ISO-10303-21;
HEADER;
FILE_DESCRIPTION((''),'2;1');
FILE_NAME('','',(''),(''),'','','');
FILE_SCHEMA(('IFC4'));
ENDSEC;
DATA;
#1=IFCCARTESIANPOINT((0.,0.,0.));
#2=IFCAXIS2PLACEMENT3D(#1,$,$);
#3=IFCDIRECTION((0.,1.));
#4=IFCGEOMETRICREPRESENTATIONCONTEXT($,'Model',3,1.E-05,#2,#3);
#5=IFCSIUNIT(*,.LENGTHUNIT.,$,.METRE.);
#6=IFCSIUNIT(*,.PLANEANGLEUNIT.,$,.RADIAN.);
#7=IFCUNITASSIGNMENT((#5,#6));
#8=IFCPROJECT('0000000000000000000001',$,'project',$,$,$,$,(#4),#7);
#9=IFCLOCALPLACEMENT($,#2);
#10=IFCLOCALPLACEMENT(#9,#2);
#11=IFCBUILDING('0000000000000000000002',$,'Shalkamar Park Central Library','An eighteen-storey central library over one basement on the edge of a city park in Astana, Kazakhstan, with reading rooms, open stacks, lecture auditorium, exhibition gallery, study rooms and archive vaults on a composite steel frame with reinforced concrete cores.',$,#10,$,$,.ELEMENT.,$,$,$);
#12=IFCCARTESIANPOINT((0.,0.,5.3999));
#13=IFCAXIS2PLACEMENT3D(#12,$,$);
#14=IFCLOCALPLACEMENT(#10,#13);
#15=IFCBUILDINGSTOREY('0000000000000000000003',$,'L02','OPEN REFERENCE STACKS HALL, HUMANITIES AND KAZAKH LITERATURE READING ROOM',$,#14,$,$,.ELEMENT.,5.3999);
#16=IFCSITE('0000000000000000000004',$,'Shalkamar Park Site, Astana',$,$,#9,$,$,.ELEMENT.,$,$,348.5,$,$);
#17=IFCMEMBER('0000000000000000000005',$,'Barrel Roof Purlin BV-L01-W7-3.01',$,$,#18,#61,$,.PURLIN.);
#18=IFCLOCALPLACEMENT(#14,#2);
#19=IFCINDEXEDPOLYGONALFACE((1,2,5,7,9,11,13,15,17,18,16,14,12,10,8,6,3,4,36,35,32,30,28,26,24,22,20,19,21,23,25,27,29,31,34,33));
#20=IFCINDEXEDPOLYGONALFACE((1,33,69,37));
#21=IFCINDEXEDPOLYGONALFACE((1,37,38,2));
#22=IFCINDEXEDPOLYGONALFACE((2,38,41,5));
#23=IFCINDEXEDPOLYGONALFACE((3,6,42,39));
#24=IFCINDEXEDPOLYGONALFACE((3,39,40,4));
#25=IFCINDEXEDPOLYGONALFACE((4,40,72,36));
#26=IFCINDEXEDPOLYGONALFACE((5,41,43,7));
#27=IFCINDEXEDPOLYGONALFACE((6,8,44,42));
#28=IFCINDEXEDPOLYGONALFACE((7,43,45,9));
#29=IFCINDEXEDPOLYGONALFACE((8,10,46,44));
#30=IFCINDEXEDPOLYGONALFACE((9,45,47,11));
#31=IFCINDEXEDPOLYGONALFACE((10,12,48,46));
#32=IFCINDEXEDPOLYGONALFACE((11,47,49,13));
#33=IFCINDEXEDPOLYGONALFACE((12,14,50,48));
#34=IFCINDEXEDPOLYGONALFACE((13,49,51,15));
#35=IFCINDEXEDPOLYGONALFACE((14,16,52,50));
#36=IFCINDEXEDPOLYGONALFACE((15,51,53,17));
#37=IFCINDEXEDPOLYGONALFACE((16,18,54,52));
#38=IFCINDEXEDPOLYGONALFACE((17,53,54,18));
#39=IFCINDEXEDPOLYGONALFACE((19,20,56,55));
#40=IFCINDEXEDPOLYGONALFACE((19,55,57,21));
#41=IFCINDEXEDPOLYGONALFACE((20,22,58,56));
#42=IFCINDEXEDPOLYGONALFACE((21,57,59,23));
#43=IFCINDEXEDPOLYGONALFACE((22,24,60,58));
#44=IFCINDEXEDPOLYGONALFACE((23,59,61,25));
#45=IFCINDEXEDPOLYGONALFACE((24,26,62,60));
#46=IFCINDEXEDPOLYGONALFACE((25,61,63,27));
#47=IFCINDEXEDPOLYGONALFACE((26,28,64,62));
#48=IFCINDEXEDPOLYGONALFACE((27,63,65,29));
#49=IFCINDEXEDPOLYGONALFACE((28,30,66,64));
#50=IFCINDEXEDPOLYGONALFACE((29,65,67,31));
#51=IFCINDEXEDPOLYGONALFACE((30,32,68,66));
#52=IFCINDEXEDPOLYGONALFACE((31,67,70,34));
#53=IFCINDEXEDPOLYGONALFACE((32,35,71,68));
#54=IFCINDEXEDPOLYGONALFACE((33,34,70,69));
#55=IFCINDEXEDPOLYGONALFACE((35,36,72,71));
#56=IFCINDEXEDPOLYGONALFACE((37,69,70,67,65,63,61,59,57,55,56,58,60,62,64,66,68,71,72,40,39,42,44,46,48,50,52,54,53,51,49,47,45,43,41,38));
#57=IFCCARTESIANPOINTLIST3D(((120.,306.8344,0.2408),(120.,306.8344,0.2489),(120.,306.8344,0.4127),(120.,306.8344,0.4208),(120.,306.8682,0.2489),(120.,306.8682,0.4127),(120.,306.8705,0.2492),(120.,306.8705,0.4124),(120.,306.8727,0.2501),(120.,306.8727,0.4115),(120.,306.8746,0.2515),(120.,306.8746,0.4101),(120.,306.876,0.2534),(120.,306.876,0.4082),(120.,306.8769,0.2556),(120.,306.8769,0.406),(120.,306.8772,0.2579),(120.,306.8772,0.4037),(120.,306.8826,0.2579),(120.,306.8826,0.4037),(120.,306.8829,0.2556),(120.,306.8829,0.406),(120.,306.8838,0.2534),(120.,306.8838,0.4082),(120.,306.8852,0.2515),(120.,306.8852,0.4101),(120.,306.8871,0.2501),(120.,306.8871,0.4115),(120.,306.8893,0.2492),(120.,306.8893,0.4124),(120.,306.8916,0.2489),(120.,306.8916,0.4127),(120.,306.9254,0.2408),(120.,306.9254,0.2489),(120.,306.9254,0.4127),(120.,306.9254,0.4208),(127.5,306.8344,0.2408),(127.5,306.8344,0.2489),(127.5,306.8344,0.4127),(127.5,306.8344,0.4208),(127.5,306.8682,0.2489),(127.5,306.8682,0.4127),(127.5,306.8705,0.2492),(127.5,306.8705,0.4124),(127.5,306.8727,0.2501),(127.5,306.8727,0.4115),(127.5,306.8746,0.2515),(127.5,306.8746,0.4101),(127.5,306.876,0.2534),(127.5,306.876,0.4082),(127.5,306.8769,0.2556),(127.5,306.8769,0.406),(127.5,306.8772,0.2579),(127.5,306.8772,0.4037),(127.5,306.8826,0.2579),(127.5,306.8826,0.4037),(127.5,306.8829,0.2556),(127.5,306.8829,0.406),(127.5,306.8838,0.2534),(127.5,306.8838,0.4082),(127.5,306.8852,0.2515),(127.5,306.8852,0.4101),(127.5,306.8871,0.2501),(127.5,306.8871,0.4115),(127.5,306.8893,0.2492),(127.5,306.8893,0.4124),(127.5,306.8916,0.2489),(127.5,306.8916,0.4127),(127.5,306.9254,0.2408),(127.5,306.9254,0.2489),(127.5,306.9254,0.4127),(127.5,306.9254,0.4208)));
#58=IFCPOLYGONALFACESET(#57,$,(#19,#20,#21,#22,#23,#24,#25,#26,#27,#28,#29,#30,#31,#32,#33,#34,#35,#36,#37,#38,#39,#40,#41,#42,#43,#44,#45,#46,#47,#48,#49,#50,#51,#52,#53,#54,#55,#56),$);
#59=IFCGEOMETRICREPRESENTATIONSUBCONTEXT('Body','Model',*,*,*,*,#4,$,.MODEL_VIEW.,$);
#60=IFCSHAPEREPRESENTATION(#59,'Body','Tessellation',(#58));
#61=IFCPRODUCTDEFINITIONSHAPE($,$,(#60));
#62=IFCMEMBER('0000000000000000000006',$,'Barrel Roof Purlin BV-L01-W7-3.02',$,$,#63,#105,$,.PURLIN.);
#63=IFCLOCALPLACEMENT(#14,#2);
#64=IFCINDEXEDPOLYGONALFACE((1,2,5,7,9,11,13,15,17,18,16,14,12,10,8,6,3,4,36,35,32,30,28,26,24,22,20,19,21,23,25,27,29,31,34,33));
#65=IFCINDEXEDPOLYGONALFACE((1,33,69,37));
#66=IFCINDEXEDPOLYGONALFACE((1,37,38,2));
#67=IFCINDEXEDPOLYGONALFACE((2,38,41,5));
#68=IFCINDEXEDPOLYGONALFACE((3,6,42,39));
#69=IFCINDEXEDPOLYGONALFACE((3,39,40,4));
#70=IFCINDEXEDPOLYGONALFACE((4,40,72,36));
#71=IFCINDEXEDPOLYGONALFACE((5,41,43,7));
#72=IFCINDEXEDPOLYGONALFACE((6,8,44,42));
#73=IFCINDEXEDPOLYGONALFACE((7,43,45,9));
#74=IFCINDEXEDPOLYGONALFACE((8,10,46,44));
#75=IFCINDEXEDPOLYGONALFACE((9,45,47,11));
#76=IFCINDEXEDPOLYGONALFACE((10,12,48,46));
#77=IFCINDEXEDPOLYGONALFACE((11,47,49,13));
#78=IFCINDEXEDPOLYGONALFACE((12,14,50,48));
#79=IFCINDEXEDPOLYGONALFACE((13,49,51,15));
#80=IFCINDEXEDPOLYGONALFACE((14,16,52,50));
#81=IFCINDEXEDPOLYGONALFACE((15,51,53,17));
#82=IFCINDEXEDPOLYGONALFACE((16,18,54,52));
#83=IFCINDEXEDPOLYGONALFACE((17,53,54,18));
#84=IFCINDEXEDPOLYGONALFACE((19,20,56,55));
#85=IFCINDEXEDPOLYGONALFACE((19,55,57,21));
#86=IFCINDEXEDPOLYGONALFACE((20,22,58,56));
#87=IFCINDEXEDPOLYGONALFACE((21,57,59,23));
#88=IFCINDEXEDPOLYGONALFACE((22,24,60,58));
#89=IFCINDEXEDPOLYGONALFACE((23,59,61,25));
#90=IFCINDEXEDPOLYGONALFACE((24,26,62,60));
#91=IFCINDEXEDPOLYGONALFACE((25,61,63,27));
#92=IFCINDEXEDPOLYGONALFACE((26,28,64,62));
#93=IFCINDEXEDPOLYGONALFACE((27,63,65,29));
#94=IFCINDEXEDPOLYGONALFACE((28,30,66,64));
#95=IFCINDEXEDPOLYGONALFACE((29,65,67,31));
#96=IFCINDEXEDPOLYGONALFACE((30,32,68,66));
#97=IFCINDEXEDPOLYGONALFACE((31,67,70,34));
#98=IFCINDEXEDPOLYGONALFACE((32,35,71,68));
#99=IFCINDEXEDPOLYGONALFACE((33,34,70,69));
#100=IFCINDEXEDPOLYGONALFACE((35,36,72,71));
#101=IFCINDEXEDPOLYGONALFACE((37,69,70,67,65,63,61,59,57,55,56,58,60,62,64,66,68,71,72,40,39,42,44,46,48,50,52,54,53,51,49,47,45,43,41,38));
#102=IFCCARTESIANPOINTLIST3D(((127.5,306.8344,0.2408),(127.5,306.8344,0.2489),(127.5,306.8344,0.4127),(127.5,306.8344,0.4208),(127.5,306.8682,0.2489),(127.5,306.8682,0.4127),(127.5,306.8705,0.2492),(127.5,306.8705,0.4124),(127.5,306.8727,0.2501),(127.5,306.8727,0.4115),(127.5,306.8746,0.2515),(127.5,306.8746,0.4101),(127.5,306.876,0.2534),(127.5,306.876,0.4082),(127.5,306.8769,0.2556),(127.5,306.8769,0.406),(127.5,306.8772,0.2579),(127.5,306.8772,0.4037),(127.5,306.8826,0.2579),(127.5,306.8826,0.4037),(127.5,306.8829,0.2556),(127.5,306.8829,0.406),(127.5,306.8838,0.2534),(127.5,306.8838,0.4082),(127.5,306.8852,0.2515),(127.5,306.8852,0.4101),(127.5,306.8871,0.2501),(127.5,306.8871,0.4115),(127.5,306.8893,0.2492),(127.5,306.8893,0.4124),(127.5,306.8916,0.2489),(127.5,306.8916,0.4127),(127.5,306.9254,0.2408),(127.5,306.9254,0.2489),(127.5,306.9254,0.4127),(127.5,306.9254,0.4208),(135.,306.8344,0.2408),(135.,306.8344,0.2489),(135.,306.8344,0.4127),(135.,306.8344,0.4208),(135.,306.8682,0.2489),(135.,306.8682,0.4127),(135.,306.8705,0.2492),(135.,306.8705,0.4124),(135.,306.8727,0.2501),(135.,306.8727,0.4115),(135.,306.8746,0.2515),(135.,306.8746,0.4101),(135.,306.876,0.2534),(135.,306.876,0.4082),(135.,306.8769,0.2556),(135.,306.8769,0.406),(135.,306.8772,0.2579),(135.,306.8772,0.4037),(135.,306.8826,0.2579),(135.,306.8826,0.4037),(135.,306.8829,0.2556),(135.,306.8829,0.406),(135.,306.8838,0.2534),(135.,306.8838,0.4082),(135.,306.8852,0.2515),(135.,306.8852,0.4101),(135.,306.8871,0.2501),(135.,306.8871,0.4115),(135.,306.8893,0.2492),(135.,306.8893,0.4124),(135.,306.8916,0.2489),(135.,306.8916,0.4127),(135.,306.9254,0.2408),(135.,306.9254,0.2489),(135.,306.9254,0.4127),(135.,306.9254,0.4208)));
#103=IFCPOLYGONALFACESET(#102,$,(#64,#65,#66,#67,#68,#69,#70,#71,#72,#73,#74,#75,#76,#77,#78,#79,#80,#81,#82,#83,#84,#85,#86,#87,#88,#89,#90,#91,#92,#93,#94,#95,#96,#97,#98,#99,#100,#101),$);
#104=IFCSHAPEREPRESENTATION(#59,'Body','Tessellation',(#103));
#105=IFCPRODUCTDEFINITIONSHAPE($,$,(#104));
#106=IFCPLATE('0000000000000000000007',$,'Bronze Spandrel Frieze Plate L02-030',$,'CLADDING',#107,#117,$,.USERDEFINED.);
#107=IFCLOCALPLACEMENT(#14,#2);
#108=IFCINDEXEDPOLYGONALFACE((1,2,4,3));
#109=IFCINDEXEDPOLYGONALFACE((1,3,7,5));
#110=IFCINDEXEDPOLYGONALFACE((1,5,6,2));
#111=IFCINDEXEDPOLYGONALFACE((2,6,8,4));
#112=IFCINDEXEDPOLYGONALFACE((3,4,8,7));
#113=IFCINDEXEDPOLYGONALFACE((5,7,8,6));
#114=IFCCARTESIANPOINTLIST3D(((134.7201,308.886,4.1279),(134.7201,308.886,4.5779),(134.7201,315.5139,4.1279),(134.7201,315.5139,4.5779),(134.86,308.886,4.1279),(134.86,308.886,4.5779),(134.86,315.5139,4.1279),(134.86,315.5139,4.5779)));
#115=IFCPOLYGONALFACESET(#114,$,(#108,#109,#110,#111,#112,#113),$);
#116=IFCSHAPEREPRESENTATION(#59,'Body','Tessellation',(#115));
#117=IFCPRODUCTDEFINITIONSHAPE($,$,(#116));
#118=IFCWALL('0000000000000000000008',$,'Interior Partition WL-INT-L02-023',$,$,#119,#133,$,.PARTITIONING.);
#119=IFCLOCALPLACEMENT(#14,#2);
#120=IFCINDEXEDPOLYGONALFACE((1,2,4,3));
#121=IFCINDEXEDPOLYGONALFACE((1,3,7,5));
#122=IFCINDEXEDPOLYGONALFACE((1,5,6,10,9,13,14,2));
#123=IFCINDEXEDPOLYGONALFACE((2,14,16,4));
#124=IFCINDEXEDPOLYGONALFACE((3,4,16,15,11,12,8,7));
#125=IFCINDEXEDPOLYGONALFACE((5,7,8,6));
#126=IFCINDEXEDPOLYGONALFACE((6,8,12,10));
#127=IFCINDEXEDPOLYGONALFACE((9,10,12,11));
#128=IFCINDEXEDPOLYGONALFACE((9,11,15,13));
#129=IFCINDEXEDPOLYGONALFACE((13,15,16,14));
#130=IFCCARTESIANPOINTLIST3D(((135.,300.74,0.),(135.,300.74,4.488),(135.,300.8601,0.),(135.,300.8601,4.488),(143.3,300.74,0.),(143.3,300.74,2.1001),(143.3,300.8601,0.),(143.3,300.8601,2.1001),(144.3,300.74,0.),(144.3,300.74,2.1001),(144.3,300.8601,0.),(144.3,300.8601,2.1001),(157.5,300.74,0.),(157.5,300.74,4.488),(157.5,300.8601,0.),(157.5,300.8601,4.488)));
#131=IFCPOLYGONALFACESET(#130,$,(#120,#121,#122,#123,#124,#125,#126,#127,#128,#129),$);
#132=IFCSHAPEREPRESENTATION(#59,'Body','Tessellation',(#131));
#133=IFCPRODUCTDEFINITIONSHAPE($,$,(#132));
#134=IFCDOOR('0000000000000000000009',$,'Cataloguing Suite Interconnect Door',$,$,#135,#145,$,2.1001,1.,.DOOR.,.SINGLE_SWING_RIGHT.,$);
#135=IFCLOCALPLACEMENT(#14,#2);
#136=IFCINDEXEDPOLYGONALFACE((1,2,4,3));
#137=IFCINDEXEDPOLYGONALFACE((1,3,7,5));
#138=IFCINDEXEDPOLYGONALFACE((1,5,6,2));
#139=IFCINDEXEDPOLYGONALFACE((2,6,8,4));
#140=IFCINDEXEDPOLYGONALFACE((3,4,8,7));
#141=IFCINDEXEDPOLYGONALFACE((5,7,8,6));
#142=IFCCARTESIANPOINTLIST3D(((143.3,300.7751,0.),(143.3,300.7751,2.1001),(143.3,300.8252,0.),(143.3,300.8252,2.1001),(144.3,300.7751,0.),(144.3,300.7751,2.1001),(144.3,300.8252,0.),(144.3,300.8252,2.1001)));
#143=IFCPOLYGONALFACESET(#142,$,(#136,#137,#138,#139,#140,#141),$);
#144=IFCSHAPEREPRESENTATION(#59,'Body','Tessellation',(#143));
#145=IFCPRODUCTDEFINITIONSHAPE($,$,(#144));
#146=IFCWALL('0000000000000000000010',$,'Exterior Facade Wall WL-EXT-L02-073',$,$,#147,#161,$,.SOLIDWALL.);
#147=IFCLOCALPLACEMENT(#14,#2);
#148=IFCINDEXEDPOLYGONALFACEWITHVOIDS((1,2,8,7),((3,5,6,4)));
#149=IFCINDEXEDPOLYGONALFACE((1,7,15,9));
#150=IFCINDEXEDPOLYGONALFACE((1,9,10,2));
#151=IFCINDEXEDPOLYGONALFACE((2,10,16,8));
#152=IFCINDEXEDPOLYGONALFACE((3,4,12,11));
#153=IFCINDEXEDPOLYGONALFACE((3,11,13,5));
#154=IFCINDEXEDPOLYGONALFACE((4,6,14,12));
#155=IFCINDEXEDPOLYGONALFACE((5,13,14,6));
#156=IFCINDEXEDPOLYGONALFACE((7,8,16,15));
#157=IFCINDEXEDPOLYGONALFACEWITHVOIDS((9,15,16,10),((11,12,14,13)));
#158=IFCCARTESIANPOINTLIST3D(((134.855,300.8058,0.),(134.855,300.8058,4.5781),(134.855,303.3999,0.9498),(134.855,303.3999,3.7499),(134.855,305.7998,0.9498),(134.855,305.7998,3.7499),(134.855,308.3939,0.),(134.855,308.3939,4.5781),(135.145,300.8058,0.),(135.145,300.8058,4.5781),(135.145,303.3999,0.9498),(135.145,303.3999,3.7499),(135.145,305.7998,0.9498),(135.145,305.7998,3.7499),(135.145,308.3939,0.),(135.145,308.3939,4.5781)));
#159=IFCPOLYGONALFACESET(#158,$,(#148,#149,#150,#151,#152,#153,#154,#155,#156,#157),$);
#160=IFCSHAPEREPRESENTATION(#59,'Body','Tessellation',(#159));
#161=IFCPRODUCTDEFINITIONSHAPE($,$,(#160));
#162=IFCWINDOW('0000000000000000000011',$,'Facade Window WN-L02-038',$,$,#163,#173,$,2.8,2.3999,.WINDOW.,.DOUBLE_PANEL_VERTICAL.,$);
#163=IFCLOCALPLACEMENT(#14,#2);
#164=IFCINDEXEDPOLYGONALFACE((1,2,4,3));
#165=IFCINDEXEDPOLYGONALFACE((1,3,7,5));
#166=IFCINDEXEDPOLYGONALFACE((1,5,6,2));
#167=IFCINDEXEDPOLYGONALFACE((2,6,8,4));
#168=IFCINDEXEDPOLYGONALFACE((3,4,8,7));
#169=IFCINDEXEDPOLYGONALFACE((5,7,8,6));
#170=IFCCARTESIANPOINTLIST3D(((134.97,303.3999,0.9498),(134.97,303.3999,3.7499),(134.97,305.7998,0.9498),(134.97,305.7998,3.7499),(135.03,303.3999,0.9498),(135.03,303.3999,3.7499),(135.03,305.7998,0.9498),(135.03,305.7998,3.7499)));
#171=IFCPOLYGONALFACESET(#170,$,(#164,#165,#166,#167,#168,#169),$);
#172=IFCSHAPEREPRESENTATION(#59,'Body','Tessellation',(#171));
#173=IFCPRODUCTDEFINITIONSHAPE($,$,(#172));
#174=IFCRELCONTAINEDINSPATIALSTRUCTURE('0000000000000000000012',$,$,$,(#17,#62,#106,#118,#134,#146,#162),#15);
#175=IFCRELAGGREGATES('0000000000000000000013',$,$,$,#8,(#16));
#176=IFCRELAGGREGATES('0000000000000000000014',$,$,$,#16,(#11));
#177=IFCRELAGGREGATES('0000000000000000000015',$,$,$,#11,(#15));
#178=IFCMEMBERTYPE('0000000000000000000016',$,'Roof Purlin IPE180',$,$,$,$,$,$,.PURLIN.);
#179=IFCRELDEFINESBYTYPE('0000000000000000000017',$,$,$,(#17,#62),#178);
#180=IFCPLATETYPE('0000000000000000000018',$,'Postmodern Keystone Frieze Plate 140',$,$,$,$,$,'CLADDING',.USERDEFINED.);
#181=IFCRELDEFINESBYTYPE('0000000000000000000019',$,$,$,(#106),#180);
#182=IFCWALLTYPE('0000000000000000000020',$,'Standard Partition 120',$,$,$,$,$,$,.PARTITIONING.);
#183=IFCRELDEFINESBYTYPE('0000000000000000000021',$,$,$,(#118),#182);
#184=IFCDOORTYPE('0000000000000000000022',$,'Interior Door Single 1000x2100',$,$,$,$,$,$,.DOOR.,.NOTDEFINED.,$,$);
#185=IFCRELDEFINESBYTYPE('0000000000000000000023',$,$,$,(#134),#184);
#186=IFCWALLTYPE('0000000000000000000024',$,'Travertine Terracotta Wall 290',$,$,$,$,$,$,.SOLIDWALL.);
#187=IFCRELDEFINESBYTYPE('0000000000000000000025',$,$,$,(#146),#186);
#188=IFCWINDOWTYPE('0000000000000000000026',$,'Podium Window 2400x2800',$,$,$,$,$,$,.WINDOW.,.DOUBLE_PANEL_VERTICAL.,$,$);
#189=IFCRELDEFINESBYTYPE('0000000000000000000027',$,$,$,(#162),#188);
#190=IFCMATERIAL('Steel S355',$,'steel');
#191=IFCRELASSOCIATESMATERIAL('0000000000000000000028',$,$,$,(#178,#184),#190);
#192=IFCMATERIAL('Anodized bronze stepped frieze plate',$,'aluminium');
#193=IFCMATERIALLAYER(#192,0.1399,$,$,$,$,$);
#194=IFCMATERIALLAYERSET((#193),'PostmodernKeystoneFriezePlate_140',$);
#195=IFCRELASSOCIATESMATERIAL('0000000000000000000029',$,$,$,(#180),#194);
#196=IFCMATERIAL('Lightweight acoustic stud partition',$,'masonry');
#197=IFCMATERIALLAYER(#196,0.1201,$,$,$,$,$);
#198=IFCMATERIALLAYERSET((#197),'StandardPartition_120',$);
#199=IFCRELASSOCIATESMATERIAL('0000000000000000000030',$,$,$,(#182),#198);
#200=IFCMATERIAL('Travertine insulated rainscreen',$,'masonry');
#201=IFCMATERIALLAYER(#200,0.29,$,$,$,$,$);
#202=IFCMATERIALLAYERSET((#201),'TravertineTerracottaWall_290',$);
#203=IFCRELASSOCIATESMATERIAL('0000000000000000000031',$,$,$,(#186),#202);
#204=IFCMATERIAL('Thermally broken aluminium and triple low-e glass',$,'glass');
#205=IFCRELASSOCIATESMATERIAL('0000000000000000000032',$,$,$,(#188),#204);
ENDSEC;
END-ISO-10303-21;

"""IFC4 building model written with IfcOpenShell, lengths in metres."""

from ifc_helpers import new_model, si_unit, direction, frame, frame_2d, origin, origin_2d, place, context, subcontext, project, spatial, rectangle, i_section, extrude, material, layer, layer_set, material_profile, profile_set, type_object, element, fill, save


model = new_model("IFC4")

# Units and contexts
model_context = context("Model", 3, precision=1e-05, world=origin(), true_north=direction((0.0, 1.0)))
body_context = subcontext(model_context, "Body", "Model", "MODEL_VIEW")
ifc_project = project(units=[si_unit("LENGTHUNIT", "METRE"), si_unit("PLANEANGLEUNIT", "RADIAN")], contexts=[model_context])

# Site, building, storey
site_placement = place(None, origin())
site = spatial("IfcSite", under=ifc_project, at=site_placement, Name="Shalkamar Park Site, Astana", CompositionType="ELEMENT", RefElevation=348.5)
building_placement = place(site_placement, origin())
building = spatial("IfcBuilding", under=site, at=building_placement, Name="Shalkamar Park Central Library", Description="An eighteen-storey central library over one basement on the edge of a city park in Astana, Kazakhstan, with reading rooms, open stacks, lecture auditorium, exhibition gallery, study rooms and archive vaults on a composite steel frame with reinforced concrete cores.", CompositionType="ELEMENT")
storey_placement = place(building_placement, frame((0.0, 0.0, 5.3999)))
storey = spatial("IfcBuildingStorey", under=building, at=storey_placement, Name="L02", Description="OPEN REFERENCE STACKS HALL, HUMANITIES AND KAZAKH LITERATURE READING ROOM", CompositionType="ELEMENT", Elevation=5.3999)

# Shared definitions
ifc_material_1 = material(Name="Steel S355", Category="steel")

# Members
ifc_material_profile_1 = material_profile(ifc_material_1, i_section(OverallWidth=0.0911, OverallDepth=0.1799, WebThickness=0.0054, FlangeThickness=0.0081, FilletRadius=0.009, at=origin_2d()), Name="IPE 180")
ifc_profile_set_1 = profile_set([ifc_material_profile_1], Name="Steel S355")
member_type_1 = type_object("IfcMemberType", Name="Roof Purlin IPE180", PredefinedType="PURLIN", material=ifc_profile_set_1)
for number, where, z_axis, x_axis, name in (
    (1, (120.0, 306.8799, 0.3308), (1.0, 0.0, 0.0), (0.0, 1.0, 0.0), "Barrel Roof Purlin BV-L01-W7-3.01"),
    (2, (127.5, 306.8799, 0.3308), (1.0, 0.0, 0.0), (0.0, 1.0, 0.0), "Barrel Roof Purlin BV-L01-W7-3.02"),
):
    element("IfcMember", number, at=place(storey_placement, frame(where, z_axis=z_axis, x_axis=x_axis)), inside=storey, type_object=member_type_1, Name=name, PredefinedType="PURLIN", context=body_context, shape_type="SweptSolid", body=[
        extrude(i_section(OverallWidth=0.0911, OverallDepth=0.1799, WebThickness=0.0054, FlangeThickness=0.0081, FilletRadius=0.009, at=origin_2d()), origin(), (0.0, 0.0, 1.0), 7.5),
    ])

# Plate
ifc_material_2 = material(Name="Anodized bronze stepped frieze plate", Category="aluminium")
ifc_layer_1 = layer(ifc_material_2, 0.1399)
ifc_layer_set_1 = layer_set([ifc_layer_1], Name="PostmodernKeystoneFriezePlate_140")
plate_type = type_object("IfcPlateType", Name="Postmodern Keystone Frieze Plate 140", ElementType="CLADDING", PredefinedType="USERDEFINED", material=ifc_layer_set_1)
plate_placement = place(storey_placement, frame((134.79, 312.2, 4.1279), z_axis=(0.0, 0.0, 1.0), x_axis=(1.0, 0.0, 0.0)))
element("IfcPlate", 3, at=plate_placement, inside=storey, type_object=plate_type, Name="Bronze Spandrel Frieze Plate L02-030", ObjectType="CLADDING", PredefinedType="USERDEFINED", context=body_context, shape_type="SweptSolid", body=[
    extrude(rectangle(XDim=0.1399, YDim=6.6279, at=origin_2d()), origin(), (0.0, 0.0, 1.0), 0.45),
])

# Wall, opening, door
ifc_material_3 = material(Name="Lightweight acoustic stud partition", Category="masonry")
ifc_layer_2 = layer(ifc_material_3, 0.1201)
ifc_layer_set_2 = layer_set([ifc_layer_2], Name="StandardPartition_120")
wall_type_1 = type_object("IfcWallType", Name="Standard Partition 120", PredefinedType="PARTITIONING", material=ifc_layer_set_2)
wall_1_placement = place(storey_placement, frame((135.0, 300.8, 0.0), z_axis=(0.0, 0.0, 1.0), x_axis=(1.0, 0.0, 0.0)))
wall_1 = element("IfcWall", 4, at=wall_1_placement, inside=storey, type_object=wall_type_1, Name="Interior Partition WL-INT-L02-023", PredefinedType="PARTITIONING", context=body_context, shape_type="SweptSolid", body=[
    extrude(rectangle(XDim=22.5, YDim=0.1201, at=frame_2d((11.25, 0.0))), origin(), (0.0, 0.0, 1.0), 4.488),
])
opening_1_placement = place(wall_1_placement, frame((8.3, 0.0, 0.0)))
opening_1 = element("IfcOpeningElement", 5, at=opening_1_placement, cuts=wall_1, PredefinedType="OPENING", context=body_context, shape_type="SweptSolid", body=[
    extrude(rectangle(XDim=1.0, YDim=2.1001, at=frame_2d((0.5, 1.05))), frame((0.0, 0.075, 0.0), z_axis=(0.0, -1.0, 0.0), x_axis=(1.0, 0.0, 0.0)), (0.0, 0.0, 1.0), 0.1499),
])
door_type = type_object("IfcDoorType", Name="Interior Door Single 1000x2100", OperationType="NOTDEFINED", PredefinedType="DOOR", material=ifc_material_1)
door_placement = place(opening_1_placement, frame((1.0, 0.0, 0.0), z_axis=(0.0, 0.0, 1.0), x_axis=(-1.0, 0.0, 0.0)))
door = element("IfcDoor", 6, at=door_placement, inside=storey, type_object=door_type, Name="Cataloguing Suite Interconnect Door", OperationType="SINGLE_SWING_RIGHT", OverallHeight=2.1001, OverallWidth=1.0, PredefinedType="DOOR", context=body_context, shape_type="SweptSolid", body=[
    extrude(rectangle(XDim=1.0, YDim=2.1001, at=frame_2d((0.5, 1.05))), frame((0.0, 0.0249, 0.0), z_axis=(0.0, -1.0, 0.0), x_axis=(1.0, 0.0, 0.0)), (0.0, 0.0, 1.0), 0.05),
])
fill(opening_1, door)

# Wall, opening, window
ifc_material_4 = material(Name="Travertine insulated rainscreen", Category="masonry")
ifc_layer_3 = layer(ifc_material_4, 0.29)
ifc_layer_set_3 = layer_set([ifc_layer_3], Name="TravertineTerracottaWall_290")
wall_type_2 = type_object("IfcWallType", Name="Travertine Terracotta Wall 290", PredefinedType="SOLIDWALL", material=ifc_layer_set_3)
wall_2_placement = place(storey_placement, frame((135.0, 300.8059, 0.0), z_axis=(0.0, 0.0, 1.0), x_axis=(0.0, 1.0, 0.0)))
wall_2 = element("IfcWall", 7, at=wall_2_placement, inside=storey, type_object=wall_type_2, Name="Exterior Facade Wall WL-EXT-L02-073", PredefinedType="SOLIDWALL", context=body_context, shape_type="SweptSolid", body=[
    extrude(rectangle(XDim=7.5881, YDim=0.29, at=frame_2d((3.7939, 0.0))), origin(), (0.0, 0.0, 1.0), 4.5781),
])
opening_2_placement = place(wall_2_placement, frame((2.594, 0.0, 0.95)))
opening_2 = element("IfcOpeningElement", 8, at=opening_2_placement, cuts=wall_2, PredefinedType="OPENING", context=body_context, shape_type="SweptSolid", body=[
    extrude(rectangle(XDim=2.3999, YDim=2.8, at=frame_2d((1.2, 1.3999))), frame((0.0, 0.1599, 0.0), z_axis=(0.0, -1.0, 0.0), x_axis=(1.0, 0.0, 0.0)), (0.0, 0.0, 1.0), 0.3198),
])
ifc_material_5 = material(Name="Thermally broken aluminium and triple low-e glass", Category="glass")
window_type_1 = type_object("IfcWindowType", Name="Podium Window 2400x2800", PartitioningType="DOUBLE_PANEL_VERTICAL", PredefinedType="WINDOW", material=ifc_material_5)
window_1_placement = place(opening_2_placement, origin())
window_1 = element("IfcWindow", 9, at=window_1_placement, inside=storey, type_object=window_type_1, Name="Facade Window WN-L02-038", OverallHeight=2.8, OverallWidth=2.3999, PartitioningType="DOUBLE_PANEL_VERTICAL", PredefinedType="WINDOW", context=body_context, shape_type="SweptSolid", body=[
    extrude(rectangle(XDim=2.3999, YDim=2.8, at=frame_2d((1.2, 1.3999))), frame((0.0, 0.03, 0.0), z_axis=(0.0, -1.0, 0.0), x_axis=(1.0, 0.0, 0.0)), (0.0, 0.0, 1.0), 0.0601),
])
fill(opening_2, window_1)

save(model, "model.ifc")
